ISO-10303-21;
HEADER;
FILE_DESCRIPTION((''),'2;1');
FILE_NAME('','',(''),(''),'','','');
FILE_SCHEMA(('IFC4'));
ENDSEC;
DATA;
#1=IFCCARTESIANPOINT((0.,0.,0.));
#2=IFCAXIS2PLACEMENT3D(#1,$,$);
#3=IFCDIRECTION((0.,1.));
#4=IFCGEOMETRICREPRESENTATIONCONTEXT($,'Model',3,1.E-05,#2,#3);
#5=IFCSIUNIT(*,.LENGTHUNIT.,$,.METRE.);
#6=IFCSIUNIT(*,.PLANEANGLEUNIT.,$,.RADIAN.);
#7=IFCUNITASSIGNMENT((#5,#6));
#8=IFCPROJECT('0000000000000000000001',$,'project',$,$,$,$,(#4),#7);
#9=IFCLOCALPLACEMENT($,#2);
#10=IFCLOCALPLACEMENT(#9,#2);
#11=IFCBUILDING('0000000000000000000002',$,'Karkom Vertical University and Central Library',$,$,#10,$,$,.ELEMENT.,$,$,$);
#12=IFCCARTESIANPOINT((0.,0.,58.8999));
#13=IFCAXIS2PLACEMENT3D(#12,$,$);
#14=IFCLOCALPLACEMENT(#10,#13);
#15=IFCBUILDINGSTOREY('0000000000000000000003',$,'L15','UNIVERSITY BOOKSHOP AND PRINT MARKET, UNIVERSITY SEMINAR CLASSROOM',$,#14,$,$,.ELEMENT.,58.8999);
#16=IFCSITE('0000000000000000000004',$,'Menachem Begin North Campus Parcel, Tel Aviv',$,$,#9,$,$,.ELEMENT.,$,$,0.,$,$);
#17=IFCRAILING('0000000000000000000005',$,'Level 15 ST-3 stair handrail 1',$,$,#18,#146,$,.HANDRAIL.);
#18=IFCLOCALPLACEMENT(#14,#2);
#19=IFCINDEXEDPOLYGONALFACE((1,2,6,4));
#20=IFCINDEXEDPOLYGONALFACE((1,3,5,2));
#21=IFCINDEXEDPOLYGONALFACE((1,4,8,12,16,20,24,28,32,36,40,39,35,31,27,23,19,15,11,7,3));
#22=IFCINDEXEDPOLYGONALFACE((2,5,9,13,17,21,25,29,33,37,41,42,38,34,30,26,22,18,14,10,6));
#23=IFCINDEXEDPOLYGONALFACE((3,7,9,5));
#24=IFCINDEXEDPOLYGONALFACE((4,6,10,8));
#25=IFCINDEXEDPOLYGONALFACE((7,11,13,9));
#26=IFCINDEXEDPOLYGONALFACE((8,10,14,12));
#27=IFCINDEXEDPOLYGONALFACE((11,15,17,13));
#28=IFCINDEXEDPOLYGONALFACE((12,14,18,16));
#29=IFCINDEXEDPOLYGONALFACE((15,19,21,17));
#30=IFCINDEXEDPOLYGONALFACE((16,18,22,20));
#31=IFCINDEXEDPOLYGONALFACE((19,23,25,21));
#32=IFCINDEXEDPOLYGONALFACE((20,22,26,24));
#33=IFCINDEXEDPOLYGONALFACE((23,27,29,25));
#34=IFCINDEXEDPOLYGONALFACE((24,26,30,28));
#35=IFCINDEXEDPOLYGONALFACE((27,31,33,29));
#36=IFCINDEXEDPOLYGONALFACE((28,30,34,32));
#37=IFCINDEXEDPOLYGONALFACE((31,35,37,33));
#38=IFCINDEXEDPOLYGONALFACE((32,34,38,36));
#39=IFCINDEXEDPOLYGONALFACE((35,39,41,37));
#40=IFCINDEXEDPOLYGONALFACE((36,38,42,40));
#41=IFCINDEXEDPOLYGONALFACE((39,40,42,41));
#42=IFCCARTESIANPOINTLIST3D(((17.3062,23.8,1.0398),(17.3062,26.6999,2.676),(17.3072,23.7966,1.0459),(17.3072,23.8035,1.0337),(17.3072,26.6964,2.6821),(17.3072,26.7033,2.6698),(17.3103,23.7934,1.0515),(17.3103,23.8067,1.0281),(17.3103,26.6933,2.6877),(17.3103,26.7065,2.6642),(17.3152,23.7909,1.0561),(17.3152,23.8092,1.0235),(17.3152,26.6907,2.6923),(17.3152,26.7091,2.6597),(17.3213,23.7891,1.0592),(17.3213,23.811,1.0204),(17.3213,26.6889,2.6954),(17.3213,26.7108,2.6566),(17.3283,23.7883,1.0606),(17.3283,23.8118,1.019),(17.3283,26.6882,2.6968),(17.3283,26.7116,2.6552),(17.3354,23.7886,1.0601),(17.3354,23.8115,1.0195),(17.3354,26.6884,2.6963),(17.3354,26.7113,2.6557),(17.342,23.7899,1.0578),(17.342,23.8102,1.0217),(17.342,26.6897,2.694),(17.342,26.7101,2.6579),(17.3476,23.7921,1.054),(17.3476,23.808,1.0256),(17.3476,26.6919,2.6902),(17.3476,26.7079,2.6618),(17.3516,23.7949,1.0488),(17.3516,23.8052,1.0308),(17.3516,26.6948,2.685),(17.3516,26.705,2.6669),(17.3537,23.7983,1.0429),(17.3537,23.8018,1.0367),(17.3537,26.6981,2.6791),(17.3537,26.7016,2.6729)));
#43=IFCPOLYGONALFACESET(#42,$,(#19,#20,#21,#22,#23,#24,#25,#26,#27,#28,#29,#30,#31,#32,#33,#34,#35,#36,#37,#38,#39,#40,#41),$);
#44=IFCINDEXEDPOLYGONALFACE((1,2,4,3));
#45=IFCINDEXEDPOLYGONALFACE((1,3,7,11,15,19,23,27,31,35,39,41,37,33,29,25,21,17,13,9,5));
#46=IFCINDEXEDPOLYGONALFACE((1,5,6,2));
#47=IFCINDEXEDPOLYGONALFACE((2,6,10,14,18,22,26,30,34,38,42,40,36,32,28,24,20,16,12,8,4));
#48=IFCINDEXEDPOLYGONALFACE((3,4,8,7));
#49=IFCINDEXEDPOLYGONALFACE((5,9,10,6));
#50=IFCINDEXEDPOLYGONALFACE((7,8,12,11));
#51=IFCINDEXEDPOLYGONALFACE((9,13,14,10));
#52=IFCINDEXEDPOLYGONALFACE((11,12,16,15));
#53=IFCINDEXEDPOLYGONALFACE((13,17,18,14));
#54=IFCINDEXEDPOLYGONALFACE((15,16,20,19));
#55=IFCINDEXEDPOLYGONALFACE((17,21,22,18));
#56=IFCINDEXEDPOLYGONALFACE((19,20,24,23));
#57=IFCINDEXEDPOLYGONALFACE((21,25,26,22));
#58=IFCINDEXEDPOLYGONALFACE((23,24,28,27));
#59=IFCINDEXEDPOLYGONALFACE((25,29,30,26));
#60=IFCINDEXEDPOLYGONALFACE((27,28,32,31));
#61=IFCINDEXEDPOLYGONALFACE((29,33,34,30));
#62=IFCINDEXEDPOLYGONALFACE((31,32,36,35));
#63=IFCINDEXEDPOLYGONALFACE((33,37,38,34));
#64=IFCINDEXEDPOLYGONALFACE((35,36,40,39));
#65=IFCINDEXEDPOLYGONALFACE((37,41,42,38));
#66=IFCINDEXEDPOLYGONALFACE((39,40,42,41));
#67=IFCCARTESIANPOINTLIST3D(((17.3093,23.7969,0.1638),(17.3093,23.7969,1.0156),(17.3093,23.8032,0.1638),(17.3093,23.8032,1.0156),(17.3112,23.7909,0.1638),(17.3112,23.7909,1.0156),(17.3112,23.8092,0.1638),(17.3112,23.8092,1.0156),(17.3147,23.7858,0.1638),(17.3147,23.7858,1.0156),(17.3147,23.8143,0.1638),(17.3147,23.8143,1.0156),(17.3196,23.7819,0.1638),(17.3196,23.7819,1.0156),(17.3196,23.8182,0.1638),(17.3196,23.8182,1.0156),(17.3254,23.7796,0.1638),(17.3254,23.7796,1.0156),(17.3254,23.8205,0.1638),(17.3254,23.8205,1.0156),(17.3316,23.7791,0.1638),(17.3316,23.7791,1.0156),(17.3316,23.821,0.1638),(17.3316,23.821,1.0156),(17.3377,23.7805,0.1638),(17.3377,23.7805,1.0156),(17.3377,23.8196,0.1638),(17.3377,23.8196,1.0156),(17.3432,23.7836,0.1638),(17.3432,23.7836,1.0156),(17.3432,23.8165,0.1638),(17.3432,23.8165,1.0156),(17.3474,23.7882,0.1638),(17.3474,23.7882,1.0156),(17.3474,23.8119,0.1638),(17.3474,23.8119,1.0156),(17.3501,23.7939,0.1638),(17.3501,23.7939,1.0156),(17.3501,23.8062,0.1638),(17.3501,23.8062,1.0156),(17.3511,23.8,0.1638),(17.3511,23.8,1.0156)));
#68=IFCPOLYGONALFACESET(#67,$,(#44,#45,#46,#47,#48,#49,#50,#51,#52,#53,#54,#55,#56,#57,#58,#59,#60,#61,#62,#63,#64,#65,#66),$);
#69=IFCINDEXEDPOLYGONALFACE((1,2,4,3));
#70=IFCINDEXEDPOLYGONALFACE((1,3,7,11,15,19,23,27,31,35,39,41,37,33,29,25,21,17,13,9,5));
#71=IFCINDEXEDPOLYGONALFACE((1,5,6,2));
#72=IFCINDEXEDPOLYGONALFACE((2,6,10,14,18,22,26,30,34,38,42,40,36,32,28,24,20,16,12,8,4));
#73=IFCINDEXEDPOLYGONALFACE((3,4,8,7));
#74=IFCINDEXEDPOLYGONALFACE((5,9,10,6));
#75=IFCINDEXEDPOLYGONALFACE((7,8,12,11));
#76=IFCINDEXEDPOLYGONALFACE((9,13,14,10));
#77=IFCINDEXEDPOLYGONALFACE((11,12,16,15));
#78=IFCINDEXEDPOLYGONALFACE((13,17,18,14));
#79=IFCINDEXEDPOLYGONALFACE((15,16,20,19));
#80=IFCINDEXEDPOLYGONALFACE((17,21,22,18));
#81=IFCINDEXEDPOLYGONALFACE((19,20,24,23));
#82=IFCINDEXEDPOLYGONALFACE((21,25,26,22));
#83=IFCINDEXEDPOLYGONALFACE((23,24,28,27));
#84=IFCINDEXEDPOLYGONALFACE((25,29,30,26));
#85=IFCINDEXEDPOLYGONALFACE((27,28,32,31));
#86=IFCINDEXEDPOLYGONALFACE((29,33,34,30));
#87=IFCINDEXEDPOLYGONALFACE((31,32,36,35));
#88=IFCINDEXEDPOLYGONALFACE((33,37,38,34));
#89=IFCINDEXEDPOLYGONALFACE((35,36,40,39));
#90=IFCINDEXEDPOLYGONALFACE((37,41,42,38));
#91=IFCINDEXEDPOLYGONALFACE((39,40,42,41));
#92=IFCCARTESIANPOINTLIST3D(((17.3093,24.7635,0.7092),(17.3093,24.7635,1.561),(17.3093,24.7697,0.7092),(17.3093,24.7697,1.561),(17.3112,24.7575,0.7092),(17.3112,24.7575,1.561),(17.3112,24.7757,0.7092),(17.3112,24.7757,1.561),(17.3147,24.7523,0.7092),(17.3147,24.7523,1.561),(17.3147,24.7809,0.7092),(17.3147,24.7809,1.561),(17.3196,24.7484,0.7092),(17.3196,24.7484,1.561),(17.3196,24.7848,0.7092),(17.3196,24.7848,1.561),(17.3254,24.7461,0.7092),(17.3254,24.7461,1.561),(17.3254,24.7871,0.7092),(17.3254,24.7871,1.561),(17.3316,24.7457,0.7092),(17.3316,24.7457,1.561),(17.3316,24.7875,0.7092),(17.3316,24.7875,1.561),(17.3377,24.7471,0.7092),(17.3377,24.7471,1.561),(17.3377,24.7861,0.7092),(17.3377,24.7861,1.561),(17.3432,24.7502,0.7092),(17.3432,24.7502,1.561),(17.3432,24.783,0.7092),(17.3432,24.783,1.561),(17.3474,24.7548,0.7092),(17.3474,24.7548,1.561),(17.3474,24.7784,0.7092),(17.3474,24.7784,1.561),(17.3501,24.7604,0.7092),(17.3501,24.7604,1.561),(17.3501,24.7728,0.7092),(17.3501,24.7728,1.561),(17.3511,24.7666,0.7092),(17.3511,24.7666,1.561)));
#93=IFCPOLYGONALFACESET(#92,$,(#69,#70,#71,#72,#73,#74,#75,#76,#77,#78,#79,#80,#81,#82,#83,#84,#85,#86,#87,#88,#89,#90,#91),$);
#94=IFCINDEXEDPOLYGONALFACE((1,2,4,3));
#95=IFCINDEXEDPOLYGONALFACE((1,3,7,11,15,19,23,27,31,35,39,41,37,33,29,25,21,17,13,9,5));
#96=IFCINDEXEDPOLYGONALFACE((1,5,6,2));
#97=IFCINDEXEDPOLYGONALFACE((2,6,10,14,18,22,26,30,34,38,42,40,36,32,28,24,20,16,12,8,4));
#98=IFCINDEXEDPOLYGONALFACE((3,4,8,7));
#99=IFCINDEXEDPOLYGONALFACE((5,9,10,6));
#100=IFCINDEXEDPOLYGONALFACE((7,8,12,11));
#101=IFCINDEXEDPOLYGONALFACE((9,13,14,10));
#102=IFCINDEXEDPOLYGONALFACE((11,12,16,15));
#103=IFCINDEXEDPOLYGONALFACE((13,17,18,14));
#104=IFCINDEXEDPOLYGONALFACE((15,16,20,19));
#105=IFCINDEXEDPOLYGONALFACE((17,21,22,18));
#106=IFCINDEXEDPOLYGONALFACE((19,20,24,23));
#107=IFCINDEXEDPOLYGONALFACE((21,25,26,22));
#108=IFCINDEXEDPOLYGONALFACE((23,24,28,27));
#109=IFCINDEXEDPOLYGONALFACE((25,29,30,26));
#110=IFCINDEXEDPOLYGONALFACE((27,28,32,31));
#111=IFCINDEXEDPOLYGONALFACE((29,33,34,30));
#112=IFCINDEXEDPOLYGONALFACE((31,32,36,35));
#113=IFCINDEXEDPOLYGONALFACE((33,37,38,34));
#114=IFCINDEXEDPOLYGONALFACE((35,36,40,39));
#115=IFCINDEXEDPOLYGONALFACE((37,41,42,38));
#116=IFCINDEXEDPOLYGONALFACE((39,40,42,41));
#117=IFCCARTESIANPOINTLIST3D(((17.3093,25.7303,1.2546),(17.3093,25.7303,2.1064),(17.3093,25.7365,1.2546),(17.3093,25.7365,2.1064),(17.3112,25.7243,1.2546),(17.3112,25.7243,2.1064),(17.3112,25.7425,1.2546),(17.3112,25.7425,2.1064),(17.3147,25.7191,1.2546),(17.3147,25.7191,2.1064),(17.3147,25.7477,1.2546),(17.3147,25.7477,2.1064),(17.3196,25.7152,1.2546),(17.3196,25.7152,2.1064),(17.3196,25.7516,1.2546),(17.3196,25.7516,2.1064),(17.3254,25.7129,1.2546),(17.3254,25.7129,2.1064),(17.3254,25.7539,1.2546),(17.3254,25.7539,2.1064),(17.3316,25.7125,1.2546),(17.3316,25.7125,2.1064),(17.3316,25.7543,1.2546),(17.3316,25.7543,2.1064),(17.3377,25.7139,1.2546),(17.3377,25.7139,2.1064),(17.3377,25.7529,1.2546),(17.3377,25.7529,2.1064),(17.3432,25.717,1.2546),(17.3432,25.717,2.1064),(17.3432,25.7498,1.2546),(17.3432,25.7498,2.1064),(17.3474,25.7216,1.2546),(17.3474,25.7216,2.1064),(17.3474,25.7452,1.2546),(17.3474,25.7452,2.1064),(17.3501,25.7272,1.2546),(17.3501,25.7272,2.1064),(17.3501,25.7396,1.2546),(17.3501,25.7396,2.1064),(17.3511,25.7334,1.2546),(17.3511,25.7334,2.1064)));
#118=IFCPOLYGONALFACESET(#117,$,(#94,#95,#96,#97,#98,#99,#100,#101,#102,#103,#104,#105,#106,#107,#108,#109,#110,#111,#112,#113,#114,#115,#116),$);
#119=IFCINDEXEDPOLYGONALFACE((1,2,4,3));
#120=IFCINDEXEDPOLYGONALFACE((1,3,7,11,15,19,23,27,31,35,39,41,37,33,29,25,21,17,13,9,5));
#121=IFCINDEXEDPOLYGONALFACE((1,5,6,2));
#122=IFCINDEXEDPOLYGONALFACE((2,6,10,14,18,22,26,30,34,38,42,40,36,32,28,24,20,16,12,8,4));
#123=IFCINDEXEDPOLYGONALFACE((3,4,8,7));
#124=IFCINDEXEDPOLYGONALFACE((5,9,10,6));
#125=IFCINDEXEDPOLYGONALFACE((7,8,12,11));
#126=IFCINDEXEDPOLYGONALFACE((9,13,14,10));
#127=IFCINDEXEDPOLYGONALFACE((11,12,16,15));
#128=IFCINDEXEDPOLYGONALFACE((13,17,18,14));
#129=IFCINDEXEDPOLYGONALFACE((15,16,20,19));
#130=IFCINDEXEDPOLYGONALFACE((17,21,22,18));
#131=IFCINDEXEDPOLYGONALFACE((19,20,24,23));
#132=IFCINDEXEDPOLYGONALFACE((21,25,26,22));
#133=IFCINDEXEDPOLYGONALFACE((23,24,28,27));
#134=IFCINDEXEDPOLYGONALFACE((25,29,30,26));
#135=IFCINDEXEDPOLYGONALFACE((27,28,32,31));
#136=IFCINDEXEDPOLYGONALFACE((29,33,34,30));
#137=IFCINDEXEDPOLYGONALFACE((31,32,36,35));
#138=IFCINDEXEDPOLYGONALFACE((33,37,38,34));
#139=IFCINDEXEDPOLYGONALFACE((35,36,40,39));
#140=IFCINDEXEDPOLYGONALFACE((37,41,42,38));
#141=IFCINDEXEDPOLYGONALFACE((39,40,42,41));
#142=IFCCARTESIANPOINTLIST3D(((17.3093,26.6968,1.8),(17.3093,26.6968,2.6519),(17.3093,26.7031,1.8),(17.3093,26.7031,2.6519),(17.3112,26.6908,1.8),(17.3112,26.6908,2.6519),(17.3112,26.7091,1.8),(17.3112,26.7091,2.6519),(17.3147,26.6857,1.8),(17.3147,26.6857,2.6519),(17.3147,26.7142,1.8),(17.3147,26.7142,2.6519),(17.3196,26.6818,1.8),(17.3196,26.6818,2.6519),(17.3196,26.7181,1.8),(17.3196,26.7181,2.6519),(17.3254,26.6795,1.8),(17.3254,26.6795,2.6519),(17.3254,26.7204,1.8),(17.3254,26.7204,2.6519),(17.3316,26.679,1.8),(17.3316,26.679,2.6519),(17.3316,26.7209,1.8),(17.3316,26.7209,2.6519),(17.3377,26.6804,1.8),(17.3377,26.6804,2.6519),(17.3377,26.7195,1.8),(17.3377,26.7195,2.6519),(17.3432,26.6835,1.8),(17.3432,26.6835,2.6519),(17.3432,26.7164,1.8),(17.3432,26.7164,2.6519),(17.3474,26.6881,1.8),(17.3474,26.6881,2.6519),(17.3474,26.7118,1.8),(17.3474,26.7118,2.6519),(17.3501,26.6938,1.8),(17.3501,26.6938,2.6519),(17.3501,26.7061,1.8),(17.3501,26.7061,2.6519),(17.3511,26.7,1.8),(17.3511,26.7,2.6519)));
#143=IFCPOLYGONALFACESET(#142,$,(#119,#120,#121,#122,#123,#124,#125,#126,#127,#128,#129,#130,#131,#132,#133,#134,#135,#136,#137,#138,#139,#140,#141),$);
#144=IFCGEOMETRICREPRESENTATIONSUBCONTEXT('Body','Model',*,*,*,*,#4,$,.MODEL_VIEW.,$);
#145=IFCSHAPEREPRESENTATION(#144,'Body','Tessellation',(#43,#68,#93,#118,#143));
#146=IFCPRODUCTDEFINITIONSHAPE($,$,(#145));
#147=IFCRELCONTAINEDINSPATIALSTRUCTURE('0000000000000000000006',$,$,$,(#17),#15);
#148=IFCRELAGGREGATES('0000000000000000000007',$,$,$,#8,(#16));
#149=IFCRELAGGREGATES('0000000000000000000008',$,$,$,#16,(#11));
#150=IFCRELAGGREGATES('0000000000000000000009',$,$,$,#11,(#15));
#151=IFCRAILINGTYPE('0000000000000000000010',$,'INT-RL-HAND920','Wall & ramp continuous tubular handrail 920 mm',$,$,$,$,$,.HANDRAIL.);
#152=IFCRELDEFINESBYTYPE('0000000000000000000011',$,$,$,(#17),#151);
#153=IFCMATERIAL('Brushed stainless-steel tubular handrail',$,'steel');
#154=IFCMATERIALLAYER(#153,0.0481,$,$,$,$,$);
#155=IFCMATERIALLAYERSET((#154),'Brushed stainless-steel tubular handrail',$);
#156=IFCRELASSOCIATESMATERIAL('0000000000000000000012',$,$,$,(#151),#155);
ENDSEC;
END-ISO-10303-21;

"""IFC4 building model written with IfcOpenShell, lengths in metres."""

from ifc_helpers import new_model, si_unit, direction, frame, origin, origin_2d, place, context, subcontext, project, spatial, circle, extrude, material, layer, layer_set, type_object, element, save


model = new_model("IFC4")

# Units and contexts
model_context = context("Model", 3, precision=1e-05, world=origin(), true_north=direction((0.0, 1.0)))
body_context = subcontext(model_context, "Body", "Model", "MODEL_VIEW")
ifc_project = project(units=[si_unit("LENGTHUNIT", "METRE"), si_unit("PLANEANGLEUNIT", "RADIAN")], contexts=[model_context])

# Site, building, storey
site_placement = place(None, origin())
site = spatial("IfcSite", under=ifc_project, at=site_placement, Name="Menachem Begin North Campus Parcel, Tel Aviv", CompositionType="ELEMENT", RefElevation=0.0)
building_placement = place(site_placement, origin())
building = spatial("IfcBuilding", under=site, at=building_placement, Name="Karkom Vertical University and Central Library", CompositionType="ELEMENT")
storey_placement = place(building_placement, frame((0.0, 0.0, 58.8999)))
storey = spatial("IfcBuildingStorey", under=building, at=storey_placement, Name="L15", Description="UNIVERSITY BOOKSHOP AND PRINT MARKET, UNIVERSITY SEMINAR CLASSROOM", CompositionType="ELEMENT", Elevation=58.8999)

# Railing
ifc_material_1 = material(Name="Brushed stainless-steel tubular handrail", Category="steel")
ifc_layer_1 = layer(ifc_material_1, 0.0481)
ifc_layer_set_1 = layer_set([ifc_layer_1], Name="Brushed stainless-steel tubular handrail")
railing_type_1 = type_object("IfcRailingType", Name="INT-RL-HAND920", Description="Wall & ramp continuous tubular handrail 920 mm", PredefinedType="HANDRAIL", material=ifc_layer_set_1)
railing_1_placement = place(storey_placement, frame((17.3301, 23.8, 0.1638)))
element("IfcRailing", 1, at=railing_1_placement, inside=storey, type_object=railing_type_1, Name="Level 15 ST-3 stair handrail 1", PredefinedType="HANDRAIL", context=body_context, shape_type="SweptSolid", body=[
    extrude(circle(Radius=0.0239, at=origin_2d()), frame((0.0, 0.0, 0.876), z_axis=(0.0, 0.870929, 0.49141), x_axis=(-1.0, 0.0, 0.0)), (0.0, 0.0, 1.0), 3.3296),
    extrude(circle(Radius=0.021, at=origin_2d()), origin(), (0.0, 0.0, 1.0), 0.8518),
    extrude(circle(Radius=0.021, at=origin_2d()), frame((0.0, 0.9666, 0.5454)), (0.0, 0.0, 1.0), 0.8518),
    extrude(circle(Radius=0.021, at=origin_2d()), frame((0.0, 1.9333, 1.0908)), (0.0, 0.0, 1.0), 0.8518),
    extrude(circle(Radius=0.021, at=origin_2d()), frame((0.0, 2.8999, 1.6362)), (0.0, 0.0, 1.0), 0.8518),
])

save(model, "model.ifc")
